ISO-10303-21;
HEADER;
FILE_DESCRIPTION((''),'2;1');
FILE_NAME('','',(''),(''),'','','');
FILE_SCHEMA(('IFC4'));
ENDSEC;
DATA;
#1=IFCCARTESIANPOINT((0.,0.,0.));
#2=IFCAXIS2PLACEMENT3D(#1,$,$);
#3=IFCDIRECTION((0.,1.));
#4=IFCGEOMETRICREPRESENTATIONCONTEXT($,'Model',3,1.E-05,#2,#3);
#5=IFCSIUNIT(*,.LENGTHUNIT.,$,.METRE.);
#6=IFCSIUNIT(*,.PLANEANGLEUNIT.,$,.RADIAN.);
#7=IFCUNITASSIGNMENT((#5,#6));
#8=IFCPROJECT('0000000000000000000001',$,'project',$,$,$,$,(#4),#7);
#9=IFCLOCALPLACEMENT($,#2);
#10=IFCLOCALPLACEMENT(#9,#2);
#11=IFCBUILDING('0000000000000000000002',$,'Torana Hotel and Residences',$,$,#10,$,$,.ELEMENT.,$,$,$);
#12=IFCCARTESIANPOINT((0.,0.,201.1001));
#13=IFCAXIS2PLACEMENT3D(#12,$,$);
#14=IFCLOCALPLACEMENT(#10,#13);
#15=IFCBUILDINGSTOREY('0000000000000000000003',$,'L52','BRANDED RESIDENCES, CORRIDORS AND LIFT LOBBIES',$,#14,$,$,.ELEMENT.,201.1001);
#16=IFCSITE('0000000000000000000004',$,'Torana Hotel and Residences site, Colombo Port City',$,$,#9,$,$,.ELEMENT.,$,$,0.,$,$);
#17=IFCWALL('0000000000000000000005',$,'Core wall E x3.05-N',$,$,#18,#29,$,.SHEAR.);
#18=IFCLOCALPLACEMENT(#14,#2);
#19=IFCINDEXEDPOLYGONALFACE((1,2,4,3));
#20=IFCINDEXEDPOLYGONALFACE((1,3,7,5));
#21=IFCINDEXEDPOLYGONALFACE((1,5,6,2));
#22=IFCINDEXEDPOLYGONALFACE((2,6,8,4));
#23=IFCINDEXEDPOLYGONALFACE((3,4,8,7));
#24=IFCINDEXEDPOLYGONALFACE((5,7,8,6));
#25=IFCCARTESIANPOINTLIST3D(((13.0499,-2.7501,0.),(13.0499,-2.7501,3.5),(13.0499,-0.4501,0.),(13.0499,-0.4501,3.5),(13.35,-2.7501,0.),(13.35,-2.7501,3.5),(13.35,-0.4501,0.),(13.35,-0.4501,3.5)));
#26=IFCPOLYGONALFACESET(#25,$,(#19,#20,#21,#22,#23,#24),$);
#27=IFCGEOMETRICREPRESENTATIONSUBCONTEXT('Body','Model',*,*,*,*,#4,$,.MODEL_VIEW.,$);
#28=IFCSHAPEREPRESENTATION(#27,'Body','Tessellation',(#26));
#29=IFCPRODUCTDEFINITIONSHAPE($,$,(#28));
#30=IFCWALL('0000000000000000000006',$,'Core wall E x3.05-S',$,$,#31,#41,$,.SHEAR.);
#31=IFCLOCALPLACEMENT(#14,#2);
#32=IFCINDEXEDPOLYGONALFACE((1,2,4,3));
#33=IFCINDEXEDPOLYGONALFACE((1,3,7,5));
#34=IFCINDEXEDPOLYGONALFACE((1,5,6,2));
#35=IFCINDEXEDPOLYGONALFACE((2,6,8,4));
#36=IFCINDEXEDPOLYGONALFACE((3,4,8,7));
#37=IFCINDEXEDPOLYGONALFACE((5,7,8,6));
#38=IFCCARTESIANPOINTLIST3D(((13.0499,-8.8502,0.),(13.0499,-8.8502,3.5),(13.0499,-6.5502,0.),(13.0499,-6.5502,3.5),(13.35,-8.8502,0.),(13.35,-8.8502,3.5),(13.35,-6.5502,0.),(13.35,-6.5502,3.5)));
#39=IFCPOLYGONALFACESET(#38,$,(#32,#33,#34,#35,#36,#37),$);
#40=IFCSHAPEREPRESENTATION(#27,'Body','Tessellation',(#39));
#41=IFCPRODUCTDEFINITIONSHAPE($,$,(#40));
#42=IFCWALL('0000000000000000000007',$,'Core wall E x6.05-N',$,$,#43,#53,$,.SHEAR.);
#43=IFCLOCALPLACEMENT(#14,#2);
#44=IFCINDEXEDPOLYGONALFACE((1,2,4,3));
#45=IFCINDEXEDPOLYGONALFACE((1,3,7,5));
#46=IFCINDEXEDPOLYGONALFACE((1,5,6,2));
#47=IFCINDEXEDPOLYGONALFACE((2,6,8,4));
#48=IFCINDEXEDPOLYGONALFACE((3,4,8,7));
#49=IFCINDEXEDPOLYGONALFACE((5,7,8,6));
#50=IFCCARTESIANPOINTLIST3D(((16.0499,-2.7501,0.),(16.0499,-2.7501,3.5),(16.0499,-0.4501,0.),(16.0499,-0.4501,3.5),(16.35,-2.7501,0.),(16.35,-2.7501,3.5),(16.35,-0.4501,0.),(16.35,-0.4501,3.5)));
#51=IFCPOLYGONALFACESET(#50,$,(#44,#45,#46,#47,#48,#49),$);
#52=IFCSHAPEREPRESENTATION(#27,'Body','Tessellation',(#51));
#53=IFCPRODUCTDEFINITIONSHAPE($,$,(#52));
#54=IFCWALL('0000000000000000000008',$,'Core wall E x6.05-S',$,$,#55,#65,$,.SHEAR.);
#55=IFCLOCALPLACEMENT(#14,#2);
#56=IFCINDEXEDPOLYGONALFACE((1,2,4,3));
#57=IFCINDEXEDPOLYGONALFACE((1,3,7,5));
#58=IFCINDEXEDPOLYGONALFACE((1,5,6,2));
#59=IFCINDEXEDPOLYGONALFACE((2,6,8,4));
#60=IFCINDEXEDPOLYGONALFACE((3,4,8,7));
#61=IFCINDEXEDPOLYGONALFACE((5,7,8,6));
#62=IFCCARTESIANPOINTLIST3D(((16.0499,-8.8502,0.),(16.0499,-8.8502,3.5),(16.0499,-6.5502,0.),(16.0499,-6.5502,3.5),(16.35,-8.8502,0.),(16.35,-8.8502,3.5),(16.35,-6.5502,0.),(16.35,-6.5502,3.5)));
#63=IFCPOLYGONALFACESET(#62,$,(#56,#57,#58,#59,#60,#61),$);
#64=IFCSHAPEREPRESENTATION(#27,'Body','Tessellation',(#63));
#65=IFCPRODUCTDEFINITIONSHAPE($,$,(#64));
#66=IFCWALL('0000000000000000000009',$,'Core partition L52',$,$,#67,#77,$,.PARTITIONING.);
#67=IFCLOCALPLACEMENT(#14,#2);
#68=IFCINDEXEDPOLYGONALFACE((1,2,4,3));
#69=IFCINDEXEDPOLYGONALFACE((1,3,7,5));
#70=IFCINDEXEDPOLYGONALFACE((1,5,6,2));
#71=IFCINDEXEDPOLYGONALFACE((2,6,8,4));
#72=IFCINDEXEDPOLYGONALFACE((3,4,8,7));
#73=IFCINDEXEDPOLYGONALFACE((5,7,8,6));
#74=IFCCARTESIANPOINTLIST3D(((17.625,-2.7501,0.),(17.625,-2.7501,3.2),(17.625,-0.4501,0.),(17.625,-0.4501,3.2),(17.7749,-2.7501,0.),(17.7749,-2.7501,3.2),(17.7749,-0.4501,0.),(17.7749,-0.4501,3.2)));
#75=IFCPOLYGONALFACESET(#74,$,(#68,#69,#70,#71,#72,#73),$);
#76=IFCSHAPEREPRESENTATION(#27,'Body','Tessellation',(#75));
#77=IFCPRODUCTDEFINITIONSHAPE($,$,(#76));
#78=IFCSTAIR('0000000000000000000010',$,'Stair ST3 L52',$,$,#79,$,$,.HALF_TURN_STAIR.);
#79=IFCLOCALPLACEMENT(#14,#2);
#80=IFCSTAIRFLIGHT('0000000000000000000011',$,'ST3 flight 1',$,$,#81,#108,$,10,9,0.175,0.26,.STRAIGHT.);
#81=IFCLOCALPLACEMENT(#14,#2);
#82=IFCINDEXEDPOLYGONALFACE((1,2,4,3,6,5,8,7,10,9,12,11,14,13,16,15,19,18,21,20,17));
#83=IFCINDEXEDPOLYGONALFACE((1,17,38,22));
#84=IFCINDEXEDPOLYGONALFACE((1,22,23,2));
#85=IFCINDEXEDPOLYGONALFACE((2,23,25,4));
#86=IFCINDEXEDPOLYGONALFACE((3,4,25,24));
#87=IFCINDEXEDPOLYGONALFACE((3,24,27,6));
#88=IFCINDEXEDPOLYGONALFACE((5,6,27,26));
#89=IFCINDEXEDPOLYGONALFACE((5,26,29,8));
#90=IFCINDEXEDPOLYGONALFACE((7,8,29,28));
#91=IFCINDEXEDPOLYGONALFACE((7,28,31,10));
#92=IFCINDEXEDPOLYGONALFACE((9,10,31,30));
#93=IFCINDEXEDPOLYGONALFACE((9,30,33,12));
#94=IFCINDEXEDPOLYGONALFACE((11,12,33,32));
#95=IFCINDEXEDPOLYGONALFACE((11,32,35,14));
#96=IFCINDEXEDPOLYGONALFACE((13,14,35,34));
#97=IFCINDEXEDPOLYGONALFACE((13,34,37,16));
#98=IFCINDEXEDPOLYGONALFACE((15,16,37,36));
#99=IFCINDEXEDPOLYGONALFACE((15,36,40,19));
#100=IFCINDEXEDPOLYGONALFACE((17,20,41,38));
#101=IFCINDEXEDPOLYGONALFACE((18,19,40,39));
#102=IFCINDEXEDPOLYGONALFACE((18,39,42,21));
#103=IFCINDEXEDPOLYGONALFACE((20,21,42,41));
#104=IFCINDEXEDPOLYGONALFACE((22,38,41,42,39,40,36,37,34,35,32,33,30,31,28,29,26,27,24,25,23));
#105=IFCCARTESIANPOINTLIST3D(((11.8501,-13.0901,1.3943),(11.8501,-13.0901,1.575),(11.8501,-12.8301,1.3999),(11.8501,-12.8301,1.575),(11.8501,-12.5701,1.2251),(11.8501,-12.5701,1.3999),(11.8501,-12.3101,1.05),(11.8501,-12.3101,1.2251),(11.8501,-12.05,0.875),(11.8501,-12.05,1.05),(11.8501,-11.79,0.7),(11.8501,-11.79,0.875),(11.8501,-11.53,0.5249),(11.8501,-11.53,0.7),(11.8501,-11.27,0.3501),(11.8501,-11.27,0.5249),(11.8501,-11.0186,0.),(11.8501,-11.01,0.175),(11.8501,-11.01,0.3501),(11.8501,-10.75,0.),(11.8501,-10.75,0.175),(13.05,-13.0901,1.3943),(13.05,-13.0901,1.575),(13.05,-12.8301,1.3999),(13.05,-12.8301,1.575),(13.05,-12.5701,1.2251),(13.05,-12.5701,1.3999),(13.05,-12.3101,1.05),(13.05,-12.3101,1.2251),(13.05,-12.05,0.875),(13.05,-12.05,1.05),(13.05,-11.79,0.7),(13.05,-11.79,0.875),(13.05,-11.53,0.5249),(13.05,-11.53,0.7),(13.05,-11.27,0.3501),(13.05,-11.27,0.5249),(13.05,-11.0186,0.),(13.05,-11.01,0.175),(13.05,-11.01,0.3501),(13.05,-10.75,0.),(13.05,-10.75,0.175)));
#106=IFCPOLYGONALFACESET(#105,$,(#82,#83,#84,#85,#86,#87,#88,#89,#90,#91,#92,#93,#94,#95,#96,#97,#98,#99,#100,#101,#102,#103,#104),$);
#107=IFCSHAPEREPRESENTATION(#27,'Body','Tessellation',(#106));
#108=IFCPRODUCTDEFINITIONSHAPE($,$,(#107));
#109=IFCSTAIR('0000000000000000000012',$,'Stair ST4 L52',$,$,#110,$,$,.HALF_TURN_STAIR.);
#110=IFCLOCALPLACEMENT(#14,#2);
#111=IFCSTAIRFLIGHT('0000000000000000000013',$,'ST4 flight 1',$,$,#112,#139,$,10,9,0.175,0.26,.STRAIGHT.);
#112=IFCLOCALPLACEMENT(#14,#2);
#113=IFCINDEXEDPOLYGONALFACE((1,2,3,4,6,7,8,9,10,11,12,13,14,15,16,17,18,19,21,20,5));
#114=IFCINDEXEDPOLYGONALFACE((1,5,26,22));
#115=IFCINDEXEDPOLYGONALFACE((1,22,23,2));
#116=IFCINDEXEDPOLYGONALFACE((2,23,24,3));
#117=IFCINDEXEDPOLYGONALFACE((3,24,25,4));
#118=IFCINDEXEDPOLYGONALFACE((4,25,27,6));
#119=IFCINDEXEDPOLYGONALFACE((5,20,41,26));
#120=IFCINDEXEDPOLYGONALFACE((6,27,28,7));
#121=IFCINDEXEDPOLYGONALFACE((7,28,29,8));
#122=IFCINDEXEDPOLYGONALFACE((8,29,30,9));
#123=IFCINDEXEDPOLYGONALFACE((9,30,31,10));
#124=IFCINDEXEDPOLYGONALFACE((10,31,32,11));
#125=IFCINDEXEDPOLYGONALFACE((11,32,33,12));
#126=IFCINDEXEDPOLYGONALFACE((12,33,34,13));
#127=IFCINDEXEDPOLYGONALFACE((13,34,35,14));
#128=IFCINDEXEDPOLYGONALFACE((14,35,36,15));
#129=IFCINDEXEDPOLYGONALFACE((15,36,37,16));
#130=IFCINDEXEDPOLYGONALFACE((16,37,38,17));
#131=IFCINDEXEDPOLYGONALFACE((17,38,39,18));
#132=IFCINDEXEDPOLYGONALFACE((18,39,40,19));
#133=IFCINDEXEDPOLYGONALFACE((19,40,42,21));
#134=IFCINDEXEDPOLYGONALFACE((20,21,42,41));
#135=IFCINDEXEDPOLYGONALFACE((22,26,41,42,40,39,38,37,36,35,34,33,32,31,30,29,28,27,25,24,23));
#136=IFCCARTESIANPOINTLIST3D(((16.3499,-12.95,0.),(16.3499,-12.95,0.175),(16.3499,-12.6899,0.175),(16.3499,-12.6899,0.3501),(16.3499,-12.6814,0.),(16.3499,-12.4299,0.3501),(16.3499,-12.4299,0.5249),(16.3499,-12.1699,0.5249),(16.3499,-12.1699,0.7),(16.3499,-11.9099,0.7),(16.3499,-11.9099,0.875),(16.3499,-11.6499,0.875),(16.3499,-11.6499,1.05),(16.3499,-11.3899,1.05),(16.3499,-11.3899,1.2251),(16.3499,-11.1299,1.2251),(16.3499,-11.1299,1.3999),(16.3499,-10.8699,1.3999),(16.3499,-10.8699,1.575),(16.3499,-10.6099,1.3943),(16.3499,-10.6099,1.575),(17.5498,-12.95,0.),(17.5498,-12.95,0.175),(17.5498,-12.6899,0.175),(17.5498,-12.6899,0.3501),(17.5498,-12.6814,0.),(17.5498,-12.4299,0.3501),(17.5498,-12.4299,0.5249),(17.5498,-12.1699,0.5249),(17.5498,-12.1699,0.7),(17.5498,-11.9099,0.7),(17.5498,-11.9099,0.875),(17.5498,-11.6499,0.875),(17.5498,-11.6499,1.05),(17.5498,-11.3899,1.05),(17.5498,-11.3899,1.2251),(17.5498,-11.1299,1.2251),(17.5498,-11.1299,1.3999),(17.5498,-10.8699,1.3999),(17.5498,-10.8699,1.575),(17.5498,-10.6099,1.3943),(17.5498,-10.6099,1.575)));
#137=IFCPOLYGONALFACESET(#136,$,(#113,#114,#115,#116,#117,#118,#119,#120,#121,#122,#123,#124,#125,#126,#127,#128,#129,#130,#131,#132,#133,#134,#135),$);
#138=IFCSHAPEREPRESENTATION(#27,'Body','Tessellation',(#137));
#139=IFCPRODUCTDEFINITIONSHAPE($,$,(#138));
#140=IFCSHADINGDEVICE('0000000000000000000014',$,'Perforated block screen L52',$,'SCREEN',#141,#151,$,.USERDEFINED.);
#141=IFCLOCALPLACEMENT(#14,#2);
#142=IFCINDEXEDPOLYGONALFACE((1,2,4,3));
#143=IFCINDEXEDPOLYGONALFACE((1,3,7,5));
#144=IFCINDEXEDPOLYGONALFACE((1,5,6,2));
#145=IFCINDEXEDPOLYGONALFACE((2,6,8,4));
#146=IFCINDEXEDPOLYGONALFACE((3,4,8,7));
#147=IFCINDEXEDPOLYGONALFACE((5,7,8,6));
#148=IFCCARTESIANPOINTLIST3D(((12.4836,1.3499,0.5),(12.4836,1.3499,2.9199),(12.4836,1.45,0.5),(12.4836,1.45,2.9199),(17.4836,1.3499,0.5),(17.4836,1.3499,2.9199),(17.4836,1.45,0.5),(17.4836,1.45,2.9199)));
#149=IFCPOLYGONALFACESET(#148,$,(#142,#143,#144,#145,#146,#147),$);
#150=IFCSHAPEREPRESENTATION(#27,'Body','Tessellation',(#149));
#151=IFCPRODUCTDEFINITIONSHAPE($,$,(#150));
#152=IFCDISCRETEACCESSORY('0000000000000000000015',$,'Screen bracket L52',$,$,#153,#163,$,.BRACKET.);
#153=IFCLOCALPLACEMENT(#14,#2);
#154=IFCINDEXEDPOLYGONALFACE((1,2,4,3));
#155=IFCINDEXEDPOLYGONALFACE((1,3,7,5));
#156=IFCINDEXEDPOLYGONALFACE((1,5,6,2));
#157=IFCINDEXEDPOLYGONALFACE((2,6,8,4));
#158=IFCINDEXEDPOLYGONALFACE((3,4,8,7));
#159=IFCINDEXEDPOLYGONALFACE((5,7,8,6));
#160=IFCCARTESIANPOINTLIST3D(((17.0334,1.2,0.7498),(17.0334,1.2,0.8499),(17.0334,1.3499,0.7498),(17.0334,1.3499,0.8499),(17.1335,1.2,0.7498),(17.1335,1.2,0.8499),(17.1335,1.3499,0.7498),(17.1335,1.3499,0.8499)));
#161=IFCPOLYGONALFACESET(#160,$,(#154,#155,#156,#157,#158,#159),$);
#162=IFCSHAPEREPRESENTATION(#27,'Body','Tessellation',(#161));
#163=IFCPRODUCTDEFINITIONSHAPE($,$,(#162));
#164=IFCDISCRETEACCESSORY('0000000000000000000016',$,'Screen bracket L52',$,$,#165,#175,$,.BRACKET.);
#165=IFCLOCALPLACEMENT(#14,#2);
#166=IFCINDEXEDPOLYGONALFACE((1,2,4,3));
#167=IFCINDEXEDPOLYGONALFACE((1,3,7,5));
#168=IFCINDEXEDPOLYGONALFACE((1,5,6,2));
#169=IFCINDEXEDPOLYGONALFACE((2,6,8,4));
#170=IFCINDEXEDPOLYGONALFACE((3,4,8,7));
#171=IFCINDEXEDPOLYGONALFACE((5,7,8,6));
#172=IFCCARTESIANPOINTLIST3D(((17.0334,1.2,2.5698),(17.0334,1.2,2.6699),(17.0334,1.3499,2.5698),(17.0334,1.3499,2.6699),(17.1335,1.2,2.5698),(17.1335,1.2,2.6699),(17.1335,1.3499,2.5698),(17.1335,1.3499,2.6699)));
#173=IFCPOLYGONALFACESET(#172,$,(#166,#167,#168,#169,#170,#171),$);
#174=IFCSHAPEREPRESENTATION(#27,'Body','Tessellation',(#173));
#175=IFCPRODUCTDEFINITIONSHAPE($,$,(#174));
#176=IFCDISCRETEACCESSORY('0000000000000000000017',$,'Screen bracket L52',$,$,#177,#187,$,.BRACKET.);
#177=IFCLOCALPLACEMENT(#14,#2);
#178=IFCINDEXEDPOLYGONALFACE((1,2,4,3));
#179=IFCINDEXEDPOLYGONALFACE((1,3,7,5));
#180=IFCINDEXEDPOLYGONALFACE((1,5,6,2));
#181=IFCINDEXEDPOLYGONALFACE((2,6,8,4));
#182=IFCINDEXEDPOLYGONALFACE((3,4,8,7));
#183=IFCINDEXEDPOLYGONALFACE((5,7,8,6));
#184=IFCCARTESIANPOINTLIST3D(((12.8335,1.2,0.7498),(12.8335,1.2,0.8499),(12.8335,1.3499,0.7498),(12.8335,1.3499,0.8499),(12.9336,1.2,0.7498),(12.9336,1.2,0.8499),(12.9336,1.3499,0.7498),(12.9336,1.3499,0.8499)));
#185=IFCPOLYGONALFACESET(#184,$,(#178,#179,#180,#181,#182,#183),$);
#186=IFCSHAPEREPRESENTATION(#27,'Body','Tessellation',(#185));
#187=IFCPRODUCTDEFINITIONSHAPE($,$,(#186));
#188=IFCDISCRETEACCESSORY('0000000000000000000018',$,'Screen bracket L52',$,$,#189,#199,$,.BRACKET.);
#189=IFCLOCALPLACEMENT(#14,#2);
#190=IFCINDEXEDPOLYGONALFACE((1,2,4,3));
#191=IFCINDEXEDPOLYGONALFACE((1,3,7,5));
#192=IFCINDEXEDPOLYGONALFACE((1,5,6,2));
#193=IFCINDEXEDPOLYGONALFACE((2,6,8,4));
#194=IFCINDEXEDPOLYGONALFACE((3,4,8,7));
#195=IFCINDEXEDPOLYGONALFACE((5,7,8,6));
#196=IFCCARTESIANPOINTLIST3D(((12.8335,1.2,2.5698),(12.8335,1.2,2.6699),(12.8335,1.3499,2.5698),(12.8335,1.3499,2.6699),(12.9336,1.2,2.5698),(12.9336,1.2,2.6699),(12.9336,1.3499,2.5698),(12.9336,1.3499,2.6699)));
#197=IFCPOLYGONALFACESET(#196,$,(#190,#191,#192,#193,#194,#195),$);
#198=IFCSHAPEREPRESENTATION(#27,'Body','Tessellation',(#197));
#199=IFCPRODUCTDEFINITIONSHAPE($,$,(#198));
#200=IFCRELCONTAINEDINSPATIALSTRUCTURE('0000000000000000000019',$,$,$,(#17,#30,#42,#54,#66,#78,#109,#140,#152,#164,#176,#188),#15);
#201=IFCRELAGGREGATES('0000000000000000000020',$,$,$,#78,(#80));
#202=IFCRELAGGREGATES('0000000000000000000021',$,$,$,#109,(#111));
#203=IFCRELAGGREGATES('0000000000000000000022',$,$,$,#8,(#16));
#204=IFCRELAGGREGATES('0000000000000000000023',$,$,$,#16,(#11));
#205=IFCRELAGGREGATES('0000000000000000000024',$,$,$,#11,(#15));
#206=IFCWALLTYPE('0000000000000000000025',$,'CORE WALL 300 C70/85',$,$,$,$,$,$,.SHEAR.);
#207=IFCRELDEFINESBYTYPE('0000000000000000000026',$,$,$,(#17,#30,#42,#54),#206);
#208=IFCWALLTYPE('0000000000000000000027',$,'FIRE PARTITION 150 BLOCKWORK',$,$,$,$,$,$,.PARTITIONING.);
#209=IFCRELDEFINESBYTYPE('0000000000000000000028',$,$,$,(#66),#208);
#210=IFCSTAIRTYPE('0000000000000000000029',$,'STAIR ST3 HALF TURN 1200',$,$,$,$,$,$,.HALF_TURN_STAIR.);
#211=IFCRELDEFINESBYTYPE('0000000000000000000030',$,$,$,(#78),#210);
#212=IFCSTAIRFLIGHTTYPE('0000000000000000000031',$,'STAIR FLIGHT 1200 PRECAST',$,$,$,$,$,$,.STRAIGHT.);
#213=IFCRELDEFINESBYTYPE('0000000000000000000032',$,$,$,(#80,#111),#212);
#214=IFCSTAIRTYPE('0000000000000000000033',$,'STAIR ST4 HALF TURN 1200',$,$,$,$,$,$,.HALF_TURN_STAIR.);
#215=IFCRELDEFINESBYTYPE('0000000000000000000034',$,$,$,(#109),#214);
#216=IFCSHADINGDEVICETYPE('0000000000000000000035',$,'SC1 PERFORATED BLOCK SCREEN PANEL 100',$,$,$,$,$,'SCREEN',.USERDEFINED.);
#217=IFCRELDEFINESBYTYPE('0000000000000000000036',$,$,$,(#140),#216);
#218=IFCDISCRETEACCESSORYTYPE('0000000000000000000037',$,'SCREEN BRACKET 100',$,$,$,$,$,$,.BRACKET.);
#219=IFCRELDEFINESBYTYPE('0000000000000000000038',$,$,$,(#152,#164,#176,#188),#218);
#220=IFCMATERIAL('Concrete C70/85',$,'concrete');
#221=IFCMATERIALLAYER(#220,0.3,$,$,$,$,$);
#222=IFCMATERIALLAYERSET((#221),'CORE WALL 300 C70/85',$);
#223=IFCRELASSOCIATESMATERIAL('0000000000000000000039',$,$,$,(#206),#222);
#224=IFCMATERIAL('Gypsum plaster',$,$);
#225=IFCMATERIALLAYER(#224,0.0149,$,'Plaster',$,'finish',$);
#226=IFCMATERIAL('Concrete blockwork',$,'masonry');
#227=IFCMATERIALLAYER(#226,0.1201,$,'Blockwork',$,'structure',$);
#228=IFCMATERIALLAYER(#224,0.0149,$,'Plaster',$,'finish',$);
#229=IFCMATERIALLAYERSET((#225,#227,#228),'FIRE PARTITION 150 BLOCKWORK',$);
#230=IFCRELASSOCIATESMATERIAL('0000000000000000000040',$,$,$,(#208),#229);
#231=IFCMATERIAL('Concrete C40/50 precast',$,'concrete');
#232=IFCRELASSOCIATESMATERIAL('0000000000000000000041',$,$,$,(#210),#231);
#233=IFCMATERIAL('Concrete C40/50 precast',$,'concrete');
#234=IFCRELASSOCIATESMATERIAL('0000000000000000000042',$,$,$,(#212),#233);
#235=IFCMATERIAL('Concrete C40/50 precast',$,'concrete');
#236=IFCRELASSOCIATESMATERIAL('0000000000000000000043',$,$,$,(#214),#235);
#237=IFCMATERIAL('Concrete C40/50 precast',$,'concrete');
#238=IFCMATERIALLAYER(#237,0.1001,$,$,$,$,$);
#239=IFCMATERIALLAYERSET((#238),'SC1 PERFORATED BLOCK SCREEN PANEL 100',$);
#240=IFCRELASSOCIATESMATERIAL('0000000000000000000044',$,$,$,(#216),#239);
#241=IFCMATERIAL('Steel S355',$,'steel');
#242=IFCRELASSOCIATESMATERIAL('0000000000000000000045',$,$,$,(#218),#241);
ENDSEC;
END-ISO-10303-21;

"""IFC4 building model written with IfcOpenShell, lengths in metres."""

from ifc_helpers import new_model, si_unit, direction, frame, frame_2d, origin, origin_2d, place, context, subcontext, project, spatial, polyline, rectangle, outline, extrude, material, layer, layer_set, type_object, element, aggregate, save


model = new_model("IFC4")

# Units and contexts
model_context = context("Model", 3, precision=1e-05, world=origin(), true_north=direction((0.0, 1.0)))
body_context = subcontext(model_context, "Body", "Model", "MODEL_VIEW")
ifc_project = project(units=[si_unit("LENGTHUNIT", "METRE"), si_unit("PLANEANGLEUNIT", "RADIAN")], contexts=[model_context])

# Site, building, storey
site_placement = place(None, origin())
site = spatial("IfcSite", under=ifc_project, at=site_placement, Name="Torana Hotel and Residences site, Colombo Port City", CompositionType="ELEMENT", RefElevation=0.0)
building_placement = place(site_placement, origin())
building = spatial("IfcBuilding", under=site, at=building_placement, Name="Torana Hotel and Residences", CompositionType="ELEMENT")
storey_placement = place(building_placement, frame((0.0, 0.0, 201.1001)))
storey = spatial("IfcBuildingStorey", under=building, at=storey_placement, Name="L52", Description="BRANDED RESIDENCES, CORRIDORS AND LIFT LOBBIES", CompositionType="ELEMENT", Elevation=201.1001)

# Walls
ifc_material_1 = material(Name="Concrete C70/85", Category="concrete")
ifc_layer_1 = layer(ifc_material_1, 0.3)
ifc_layer_set_1 = layer_set([ifc_layer_1], Name="CORE WALL 300 C70/85")
wall_type_1 = type_object("IfcWallType", Name="CORE WALL 300 C70/85", PredefinedType="SHEAR", material=ifc_layer_set_1)
for number, where, z_axis, x_axis, name in (
    (1, (13.2, -2.75, 0.0), (0.0, 0.0, 1.0), (0.0, 1.0, 0.0), "Core wall E x3.05-N"),
    (2, (13.2, -8.8501, 0.0), (0.0, 0.0, 1.0), (0.0, 1.0, 0.0), "Core wall E x3.05-S"),
    (3, (16.2, -2.75, 0.0), (0.0, 0.0, 1.0), (0.0, 1.0, 0.0), "Core wall E x6.05-N"),
    (4, (16.2, -8.8501, 0.0), (0.0, 0.0, 1.0), (0.0, 1.0, 0.0), "Core wall E x6.05-S"),
):
    element("IfcWall", number, at=place(storey_placement, frame(where, z_axis=z_axis, x_axis=x_axis)), inside=storey, type_object=wall_type_1, Name=name, PredefinedType="SHEAR", context=body_context, shape_type="SweptSolid", body=[
        extrude(rectangle(XDim=2.3, YDim=0.3, at=frame_2d((1.1499, 0.0))), origin(), (0.0, 0.0, 1.0), 3.5),
    ])
ifc_material_2 = material(Name="Gypsum plaster")
ifc_layer_2 = layer(ifc_material_2, 0.0149, Name="Plaster", Category="finish")
ifc_material_3 = material(Name="Concrete blockwork", Category="masonry")
ifc_layer_3 = layer(ifc_material_3, 0.1201, Name="Blockwork", Category="structure")
ifc_layer_4 = layer(ifc_material_2, 0.0149, Name="Plaster", Category="finish")
ifc_layer_set_2 = layer_set([ifc_layer_2, ifc_layer_3, ifc_layer_4], Name="FIRE PARTITION 150 BLOCKWORK")
wall_type_2 = type_object("IfcWallType", Name="FIRE PARTITION 150 BLOCKWORK", PredefinedType="PARTITIONING", material=ifc_layer_set_2)
wall_placement = place(storey_placement, frame((17.7, -2.75, 0.0), z_axis=(0.0, 0.0, 1.0), x_axis=(0.0, 1.0, 0.0)))
element("IfcWall", 5, at=wall_placement, inside=storey, type_object=wall_type_2, Name="Core partition L52", PredefinedType="PARTITIONING", context=body_context, shape_type="SweptSolid", body=[
    extrude(rectangle(XDim=2.3, YDim=0.1499, at=frame_2d((1.1499, 0.0))), origin(), (0.0, 0.0, 1.0), 3.2),
])

# Stairs, stair flights
ifc_material_4 = material(Name="Concrete C40/50 precast", Category="concrete")
stair_type_1 = type_object("IfcStairType", Name="STAIR ST3 HALF TURN 1200", PredefinedType="HALF_TURN_STAIR", material=ifc_material_4)
stair_1_placement = place(storey_placement, origin())
stair_1 = element("IfcStair", 6, at=stair_1_placement, inside=storey, type_object=stair_type_1, Name="Stair ST3 L52", PredefinedType="HALF_TURN_STAIR")
ifc_material_5 = material(Name="Concrete C40/50 precast", Category="concrete")
stair_flight_type = type_object("IfcStairFlightType", Name="STAIR FLIGHT 1200 PRECAST", PredefinedType="STRAIGHT", material=ifc_material_5)
stair_flight_1_placement = place(storey_placement, frame((12.45, -10.75, 0.0), z_axis=(0.0, 0.0, 1.0), x_axis=(0.0, -1.0, 0.0)))
stair_flight_1 = element("IfcStairFlight", 7, at=stair_flight_1_placement, type_object=stair_flight_type, Name="ST3 flight 1", NumberOfRisers=10, NumberOfTreads=9, PredefinedType="STRAIGHT", RiserHeight=0.175, TreadLength=0.26, context=body_context, shape_type="SweptSolid", body=[
    extrude(outline(polyline([(0.0, 0.0), (0.0, 0.175), (0.26, 0.175), (0.26, 0.3501), (0.52, 0.3501), (0.52, 0.5249), (0.78, 0.5249), (0.78, 0.7), (1.04, 0.7), (1.04, 0.875), (1.3, 0.875), (1.3, 1.05), (1.5601, 1.05), (1.5601, 1.2251), (1.8201, 1.2251), (1.8201, 1.3999), (2.0801, 1.3999), (2.0801, 1.575), (2.3401, 1.575), (2.3401, 1.75), (2.3401, 1.3943), (0.2686, 0.0), (0.0, 0.0)])), frame((0.0, 0.6001, 0.0), z_axis=(0.0, -1.0, 0.0), x_axis=(1.0, 0.0, 0.0)), (0.0, 0.0, 1.0), 1.2),
])
aggregate(stair_1, [stair_flight_1])
ifc_material_6 = material(Name="Concrete C40/50 precast", Category="concrete")
stair_type_2 = type_object("IfcStairType", Name="STAIR ST4 HALF TURN 1200", PredefinedType="HALF_TURN_STAIR", material=ifc_material_6)
stair_2_placement = place(storey_placement, origin())
stair_2 = element("IfcStair", 8, at=stair_2_placement, inside=storey, type_object=stair_type_2, Name="Stair ST4 L52", PredefinedType="HALF_TURN_STAIR")
stair_flight_2_placement = place(storey_placement, frame((16.95, -12.95, 0.0), z_axis=(0.0, 0.0, 1.0), x_axis=(0.0, 1.0, 0.0)))
stair_flight_2 = element("IfcStairFlight", 9, at=stair_flight_2_placement, type_object=stair_flight_type, Name="ST4 flight 1", NumberOfRisers=10, NumberOfTreads=9, PredefinedType="STRAIGHT", RiserHeight=0.175, TreadLength=0.26, context=body_context, shape_type="SweptSolid", body=[
    extrude(outline(polyline([(0.0, 0.0), (0.0, 0.175), (0.26, 0.175), (0.26, 0.3501), (0.52, 0.3501), (0.52, 0.5249), (0.78, 0.5249), (0.78, 0.7), (1.04, 0.7), (1.04, 0.875), (1.3, 0.875), (1.3, 1.05), (1.5601, 1.05), (1.5601, 1.2251), (1.8201, 1.2251), (1.8201, 1.3999), (2.0801, 1.3999), (2.0801, 1.575), (2.3401, 1.575), (2.3401, 1.75), (2.3401, 1.3943), (0.2686, 0.0), (0.0, 0.0)])), frame((0.0, 0.6001, 0.0), z_axis=(0.0, -1.0, 0.0), x_axis=(1.0, 0.0, 0.0)), (0.0, 0.0, 1.0), 1.2),
])
aggregate(stair_2, [stair_flight_2])

# Shading device
ifc_material_7 = material(Name="Concrete C40/50 precast", Category="concrete")
ifc_layer_5 = layer(ifc_material_7, 0.1001)
ifc_layer_set_3 = layer_set([ifc_layer_5], Name="SC1 PERFORATED BLOCK SCREEN PANEL 100")
shading_device_type = type_object("IfcShadingDeviceType", Name="SC1 PERFORATED BLOCK SCREEN PANEL 100", ElementType="SCREEN", PredefinedType="USERDEFINED", material=ifc_layer_set_3)
shading_device_placement = place(storey_placement, frame((14.9836, 1.3999, 0.5), z_axis=(0.0, 0.0, 1.0), x_axis=(-1.0, 0.0, 0.0)))
element("IfcShadingDevice", 10, at=shading_device_placement, inside=storey, type_object=shading_device_type, Name="Perforated block screen L52", ObjectType="SCREEN", PredefinedType="USERDEFINED", context=body_context, shape_type="SweptSolid", body=[
    extrude(rectangle(XDim=5.0, YDim=0.1001, at=origin_2d()), origin(), (0.0, 0.0, 1.0), 2.4199),
])

# Discrete accessories
ifc_material_8 = material(Name="Steel S355", Category="steel")
discrete_accessory_type = type_object("IfcDiscreteAccessoryType", Name="SCREEN BRACKET 100", PredefinedType="BRACKET", material=ifc_material_8)
for number, where, z_axis, x_axis, name in (
    (11, (17.0835, 1.2749, 0.7498), (0.0, 0.0, 1.0), (-1.0, 0.0, 0.0), "Screen bracket L52"),
    (12, (17.0835, 1.2749, 2.5698), (0.0, 0.0, 1.0), (-1.0, 0.0, 0.0), "Screen bracket L52"),
    (13, (12.8835, 1.2749, 0.7498), (0.0, 0.0, 1.0), (-1.0, 0.0, 0.0), "Screen bracket L52"),
    (14, (12.8835, 1.2749, 2.5698), (0.0, 0.0, 1.0), (-1.0, 0.0, 0.0), "Screen bracket L52"),
):
    element("IfcDiscreteAccessory", number, at=place(storey_placement, frame(where, z_axis=z_axis, x_axis=x_axis)), inside=storey, type_object=discrete_accessory_type, Name=name, PredefinedType="BRACKET", context=body_context, shape_type="SweptSolid", body=[
        extrude(rectangle(XDim=0.1001, YDim=0.1499, at=origin_2d()), origin(), (0.0, 0.0, 1.0), 0.1001),
    ])

save(model, "model.ifc")
